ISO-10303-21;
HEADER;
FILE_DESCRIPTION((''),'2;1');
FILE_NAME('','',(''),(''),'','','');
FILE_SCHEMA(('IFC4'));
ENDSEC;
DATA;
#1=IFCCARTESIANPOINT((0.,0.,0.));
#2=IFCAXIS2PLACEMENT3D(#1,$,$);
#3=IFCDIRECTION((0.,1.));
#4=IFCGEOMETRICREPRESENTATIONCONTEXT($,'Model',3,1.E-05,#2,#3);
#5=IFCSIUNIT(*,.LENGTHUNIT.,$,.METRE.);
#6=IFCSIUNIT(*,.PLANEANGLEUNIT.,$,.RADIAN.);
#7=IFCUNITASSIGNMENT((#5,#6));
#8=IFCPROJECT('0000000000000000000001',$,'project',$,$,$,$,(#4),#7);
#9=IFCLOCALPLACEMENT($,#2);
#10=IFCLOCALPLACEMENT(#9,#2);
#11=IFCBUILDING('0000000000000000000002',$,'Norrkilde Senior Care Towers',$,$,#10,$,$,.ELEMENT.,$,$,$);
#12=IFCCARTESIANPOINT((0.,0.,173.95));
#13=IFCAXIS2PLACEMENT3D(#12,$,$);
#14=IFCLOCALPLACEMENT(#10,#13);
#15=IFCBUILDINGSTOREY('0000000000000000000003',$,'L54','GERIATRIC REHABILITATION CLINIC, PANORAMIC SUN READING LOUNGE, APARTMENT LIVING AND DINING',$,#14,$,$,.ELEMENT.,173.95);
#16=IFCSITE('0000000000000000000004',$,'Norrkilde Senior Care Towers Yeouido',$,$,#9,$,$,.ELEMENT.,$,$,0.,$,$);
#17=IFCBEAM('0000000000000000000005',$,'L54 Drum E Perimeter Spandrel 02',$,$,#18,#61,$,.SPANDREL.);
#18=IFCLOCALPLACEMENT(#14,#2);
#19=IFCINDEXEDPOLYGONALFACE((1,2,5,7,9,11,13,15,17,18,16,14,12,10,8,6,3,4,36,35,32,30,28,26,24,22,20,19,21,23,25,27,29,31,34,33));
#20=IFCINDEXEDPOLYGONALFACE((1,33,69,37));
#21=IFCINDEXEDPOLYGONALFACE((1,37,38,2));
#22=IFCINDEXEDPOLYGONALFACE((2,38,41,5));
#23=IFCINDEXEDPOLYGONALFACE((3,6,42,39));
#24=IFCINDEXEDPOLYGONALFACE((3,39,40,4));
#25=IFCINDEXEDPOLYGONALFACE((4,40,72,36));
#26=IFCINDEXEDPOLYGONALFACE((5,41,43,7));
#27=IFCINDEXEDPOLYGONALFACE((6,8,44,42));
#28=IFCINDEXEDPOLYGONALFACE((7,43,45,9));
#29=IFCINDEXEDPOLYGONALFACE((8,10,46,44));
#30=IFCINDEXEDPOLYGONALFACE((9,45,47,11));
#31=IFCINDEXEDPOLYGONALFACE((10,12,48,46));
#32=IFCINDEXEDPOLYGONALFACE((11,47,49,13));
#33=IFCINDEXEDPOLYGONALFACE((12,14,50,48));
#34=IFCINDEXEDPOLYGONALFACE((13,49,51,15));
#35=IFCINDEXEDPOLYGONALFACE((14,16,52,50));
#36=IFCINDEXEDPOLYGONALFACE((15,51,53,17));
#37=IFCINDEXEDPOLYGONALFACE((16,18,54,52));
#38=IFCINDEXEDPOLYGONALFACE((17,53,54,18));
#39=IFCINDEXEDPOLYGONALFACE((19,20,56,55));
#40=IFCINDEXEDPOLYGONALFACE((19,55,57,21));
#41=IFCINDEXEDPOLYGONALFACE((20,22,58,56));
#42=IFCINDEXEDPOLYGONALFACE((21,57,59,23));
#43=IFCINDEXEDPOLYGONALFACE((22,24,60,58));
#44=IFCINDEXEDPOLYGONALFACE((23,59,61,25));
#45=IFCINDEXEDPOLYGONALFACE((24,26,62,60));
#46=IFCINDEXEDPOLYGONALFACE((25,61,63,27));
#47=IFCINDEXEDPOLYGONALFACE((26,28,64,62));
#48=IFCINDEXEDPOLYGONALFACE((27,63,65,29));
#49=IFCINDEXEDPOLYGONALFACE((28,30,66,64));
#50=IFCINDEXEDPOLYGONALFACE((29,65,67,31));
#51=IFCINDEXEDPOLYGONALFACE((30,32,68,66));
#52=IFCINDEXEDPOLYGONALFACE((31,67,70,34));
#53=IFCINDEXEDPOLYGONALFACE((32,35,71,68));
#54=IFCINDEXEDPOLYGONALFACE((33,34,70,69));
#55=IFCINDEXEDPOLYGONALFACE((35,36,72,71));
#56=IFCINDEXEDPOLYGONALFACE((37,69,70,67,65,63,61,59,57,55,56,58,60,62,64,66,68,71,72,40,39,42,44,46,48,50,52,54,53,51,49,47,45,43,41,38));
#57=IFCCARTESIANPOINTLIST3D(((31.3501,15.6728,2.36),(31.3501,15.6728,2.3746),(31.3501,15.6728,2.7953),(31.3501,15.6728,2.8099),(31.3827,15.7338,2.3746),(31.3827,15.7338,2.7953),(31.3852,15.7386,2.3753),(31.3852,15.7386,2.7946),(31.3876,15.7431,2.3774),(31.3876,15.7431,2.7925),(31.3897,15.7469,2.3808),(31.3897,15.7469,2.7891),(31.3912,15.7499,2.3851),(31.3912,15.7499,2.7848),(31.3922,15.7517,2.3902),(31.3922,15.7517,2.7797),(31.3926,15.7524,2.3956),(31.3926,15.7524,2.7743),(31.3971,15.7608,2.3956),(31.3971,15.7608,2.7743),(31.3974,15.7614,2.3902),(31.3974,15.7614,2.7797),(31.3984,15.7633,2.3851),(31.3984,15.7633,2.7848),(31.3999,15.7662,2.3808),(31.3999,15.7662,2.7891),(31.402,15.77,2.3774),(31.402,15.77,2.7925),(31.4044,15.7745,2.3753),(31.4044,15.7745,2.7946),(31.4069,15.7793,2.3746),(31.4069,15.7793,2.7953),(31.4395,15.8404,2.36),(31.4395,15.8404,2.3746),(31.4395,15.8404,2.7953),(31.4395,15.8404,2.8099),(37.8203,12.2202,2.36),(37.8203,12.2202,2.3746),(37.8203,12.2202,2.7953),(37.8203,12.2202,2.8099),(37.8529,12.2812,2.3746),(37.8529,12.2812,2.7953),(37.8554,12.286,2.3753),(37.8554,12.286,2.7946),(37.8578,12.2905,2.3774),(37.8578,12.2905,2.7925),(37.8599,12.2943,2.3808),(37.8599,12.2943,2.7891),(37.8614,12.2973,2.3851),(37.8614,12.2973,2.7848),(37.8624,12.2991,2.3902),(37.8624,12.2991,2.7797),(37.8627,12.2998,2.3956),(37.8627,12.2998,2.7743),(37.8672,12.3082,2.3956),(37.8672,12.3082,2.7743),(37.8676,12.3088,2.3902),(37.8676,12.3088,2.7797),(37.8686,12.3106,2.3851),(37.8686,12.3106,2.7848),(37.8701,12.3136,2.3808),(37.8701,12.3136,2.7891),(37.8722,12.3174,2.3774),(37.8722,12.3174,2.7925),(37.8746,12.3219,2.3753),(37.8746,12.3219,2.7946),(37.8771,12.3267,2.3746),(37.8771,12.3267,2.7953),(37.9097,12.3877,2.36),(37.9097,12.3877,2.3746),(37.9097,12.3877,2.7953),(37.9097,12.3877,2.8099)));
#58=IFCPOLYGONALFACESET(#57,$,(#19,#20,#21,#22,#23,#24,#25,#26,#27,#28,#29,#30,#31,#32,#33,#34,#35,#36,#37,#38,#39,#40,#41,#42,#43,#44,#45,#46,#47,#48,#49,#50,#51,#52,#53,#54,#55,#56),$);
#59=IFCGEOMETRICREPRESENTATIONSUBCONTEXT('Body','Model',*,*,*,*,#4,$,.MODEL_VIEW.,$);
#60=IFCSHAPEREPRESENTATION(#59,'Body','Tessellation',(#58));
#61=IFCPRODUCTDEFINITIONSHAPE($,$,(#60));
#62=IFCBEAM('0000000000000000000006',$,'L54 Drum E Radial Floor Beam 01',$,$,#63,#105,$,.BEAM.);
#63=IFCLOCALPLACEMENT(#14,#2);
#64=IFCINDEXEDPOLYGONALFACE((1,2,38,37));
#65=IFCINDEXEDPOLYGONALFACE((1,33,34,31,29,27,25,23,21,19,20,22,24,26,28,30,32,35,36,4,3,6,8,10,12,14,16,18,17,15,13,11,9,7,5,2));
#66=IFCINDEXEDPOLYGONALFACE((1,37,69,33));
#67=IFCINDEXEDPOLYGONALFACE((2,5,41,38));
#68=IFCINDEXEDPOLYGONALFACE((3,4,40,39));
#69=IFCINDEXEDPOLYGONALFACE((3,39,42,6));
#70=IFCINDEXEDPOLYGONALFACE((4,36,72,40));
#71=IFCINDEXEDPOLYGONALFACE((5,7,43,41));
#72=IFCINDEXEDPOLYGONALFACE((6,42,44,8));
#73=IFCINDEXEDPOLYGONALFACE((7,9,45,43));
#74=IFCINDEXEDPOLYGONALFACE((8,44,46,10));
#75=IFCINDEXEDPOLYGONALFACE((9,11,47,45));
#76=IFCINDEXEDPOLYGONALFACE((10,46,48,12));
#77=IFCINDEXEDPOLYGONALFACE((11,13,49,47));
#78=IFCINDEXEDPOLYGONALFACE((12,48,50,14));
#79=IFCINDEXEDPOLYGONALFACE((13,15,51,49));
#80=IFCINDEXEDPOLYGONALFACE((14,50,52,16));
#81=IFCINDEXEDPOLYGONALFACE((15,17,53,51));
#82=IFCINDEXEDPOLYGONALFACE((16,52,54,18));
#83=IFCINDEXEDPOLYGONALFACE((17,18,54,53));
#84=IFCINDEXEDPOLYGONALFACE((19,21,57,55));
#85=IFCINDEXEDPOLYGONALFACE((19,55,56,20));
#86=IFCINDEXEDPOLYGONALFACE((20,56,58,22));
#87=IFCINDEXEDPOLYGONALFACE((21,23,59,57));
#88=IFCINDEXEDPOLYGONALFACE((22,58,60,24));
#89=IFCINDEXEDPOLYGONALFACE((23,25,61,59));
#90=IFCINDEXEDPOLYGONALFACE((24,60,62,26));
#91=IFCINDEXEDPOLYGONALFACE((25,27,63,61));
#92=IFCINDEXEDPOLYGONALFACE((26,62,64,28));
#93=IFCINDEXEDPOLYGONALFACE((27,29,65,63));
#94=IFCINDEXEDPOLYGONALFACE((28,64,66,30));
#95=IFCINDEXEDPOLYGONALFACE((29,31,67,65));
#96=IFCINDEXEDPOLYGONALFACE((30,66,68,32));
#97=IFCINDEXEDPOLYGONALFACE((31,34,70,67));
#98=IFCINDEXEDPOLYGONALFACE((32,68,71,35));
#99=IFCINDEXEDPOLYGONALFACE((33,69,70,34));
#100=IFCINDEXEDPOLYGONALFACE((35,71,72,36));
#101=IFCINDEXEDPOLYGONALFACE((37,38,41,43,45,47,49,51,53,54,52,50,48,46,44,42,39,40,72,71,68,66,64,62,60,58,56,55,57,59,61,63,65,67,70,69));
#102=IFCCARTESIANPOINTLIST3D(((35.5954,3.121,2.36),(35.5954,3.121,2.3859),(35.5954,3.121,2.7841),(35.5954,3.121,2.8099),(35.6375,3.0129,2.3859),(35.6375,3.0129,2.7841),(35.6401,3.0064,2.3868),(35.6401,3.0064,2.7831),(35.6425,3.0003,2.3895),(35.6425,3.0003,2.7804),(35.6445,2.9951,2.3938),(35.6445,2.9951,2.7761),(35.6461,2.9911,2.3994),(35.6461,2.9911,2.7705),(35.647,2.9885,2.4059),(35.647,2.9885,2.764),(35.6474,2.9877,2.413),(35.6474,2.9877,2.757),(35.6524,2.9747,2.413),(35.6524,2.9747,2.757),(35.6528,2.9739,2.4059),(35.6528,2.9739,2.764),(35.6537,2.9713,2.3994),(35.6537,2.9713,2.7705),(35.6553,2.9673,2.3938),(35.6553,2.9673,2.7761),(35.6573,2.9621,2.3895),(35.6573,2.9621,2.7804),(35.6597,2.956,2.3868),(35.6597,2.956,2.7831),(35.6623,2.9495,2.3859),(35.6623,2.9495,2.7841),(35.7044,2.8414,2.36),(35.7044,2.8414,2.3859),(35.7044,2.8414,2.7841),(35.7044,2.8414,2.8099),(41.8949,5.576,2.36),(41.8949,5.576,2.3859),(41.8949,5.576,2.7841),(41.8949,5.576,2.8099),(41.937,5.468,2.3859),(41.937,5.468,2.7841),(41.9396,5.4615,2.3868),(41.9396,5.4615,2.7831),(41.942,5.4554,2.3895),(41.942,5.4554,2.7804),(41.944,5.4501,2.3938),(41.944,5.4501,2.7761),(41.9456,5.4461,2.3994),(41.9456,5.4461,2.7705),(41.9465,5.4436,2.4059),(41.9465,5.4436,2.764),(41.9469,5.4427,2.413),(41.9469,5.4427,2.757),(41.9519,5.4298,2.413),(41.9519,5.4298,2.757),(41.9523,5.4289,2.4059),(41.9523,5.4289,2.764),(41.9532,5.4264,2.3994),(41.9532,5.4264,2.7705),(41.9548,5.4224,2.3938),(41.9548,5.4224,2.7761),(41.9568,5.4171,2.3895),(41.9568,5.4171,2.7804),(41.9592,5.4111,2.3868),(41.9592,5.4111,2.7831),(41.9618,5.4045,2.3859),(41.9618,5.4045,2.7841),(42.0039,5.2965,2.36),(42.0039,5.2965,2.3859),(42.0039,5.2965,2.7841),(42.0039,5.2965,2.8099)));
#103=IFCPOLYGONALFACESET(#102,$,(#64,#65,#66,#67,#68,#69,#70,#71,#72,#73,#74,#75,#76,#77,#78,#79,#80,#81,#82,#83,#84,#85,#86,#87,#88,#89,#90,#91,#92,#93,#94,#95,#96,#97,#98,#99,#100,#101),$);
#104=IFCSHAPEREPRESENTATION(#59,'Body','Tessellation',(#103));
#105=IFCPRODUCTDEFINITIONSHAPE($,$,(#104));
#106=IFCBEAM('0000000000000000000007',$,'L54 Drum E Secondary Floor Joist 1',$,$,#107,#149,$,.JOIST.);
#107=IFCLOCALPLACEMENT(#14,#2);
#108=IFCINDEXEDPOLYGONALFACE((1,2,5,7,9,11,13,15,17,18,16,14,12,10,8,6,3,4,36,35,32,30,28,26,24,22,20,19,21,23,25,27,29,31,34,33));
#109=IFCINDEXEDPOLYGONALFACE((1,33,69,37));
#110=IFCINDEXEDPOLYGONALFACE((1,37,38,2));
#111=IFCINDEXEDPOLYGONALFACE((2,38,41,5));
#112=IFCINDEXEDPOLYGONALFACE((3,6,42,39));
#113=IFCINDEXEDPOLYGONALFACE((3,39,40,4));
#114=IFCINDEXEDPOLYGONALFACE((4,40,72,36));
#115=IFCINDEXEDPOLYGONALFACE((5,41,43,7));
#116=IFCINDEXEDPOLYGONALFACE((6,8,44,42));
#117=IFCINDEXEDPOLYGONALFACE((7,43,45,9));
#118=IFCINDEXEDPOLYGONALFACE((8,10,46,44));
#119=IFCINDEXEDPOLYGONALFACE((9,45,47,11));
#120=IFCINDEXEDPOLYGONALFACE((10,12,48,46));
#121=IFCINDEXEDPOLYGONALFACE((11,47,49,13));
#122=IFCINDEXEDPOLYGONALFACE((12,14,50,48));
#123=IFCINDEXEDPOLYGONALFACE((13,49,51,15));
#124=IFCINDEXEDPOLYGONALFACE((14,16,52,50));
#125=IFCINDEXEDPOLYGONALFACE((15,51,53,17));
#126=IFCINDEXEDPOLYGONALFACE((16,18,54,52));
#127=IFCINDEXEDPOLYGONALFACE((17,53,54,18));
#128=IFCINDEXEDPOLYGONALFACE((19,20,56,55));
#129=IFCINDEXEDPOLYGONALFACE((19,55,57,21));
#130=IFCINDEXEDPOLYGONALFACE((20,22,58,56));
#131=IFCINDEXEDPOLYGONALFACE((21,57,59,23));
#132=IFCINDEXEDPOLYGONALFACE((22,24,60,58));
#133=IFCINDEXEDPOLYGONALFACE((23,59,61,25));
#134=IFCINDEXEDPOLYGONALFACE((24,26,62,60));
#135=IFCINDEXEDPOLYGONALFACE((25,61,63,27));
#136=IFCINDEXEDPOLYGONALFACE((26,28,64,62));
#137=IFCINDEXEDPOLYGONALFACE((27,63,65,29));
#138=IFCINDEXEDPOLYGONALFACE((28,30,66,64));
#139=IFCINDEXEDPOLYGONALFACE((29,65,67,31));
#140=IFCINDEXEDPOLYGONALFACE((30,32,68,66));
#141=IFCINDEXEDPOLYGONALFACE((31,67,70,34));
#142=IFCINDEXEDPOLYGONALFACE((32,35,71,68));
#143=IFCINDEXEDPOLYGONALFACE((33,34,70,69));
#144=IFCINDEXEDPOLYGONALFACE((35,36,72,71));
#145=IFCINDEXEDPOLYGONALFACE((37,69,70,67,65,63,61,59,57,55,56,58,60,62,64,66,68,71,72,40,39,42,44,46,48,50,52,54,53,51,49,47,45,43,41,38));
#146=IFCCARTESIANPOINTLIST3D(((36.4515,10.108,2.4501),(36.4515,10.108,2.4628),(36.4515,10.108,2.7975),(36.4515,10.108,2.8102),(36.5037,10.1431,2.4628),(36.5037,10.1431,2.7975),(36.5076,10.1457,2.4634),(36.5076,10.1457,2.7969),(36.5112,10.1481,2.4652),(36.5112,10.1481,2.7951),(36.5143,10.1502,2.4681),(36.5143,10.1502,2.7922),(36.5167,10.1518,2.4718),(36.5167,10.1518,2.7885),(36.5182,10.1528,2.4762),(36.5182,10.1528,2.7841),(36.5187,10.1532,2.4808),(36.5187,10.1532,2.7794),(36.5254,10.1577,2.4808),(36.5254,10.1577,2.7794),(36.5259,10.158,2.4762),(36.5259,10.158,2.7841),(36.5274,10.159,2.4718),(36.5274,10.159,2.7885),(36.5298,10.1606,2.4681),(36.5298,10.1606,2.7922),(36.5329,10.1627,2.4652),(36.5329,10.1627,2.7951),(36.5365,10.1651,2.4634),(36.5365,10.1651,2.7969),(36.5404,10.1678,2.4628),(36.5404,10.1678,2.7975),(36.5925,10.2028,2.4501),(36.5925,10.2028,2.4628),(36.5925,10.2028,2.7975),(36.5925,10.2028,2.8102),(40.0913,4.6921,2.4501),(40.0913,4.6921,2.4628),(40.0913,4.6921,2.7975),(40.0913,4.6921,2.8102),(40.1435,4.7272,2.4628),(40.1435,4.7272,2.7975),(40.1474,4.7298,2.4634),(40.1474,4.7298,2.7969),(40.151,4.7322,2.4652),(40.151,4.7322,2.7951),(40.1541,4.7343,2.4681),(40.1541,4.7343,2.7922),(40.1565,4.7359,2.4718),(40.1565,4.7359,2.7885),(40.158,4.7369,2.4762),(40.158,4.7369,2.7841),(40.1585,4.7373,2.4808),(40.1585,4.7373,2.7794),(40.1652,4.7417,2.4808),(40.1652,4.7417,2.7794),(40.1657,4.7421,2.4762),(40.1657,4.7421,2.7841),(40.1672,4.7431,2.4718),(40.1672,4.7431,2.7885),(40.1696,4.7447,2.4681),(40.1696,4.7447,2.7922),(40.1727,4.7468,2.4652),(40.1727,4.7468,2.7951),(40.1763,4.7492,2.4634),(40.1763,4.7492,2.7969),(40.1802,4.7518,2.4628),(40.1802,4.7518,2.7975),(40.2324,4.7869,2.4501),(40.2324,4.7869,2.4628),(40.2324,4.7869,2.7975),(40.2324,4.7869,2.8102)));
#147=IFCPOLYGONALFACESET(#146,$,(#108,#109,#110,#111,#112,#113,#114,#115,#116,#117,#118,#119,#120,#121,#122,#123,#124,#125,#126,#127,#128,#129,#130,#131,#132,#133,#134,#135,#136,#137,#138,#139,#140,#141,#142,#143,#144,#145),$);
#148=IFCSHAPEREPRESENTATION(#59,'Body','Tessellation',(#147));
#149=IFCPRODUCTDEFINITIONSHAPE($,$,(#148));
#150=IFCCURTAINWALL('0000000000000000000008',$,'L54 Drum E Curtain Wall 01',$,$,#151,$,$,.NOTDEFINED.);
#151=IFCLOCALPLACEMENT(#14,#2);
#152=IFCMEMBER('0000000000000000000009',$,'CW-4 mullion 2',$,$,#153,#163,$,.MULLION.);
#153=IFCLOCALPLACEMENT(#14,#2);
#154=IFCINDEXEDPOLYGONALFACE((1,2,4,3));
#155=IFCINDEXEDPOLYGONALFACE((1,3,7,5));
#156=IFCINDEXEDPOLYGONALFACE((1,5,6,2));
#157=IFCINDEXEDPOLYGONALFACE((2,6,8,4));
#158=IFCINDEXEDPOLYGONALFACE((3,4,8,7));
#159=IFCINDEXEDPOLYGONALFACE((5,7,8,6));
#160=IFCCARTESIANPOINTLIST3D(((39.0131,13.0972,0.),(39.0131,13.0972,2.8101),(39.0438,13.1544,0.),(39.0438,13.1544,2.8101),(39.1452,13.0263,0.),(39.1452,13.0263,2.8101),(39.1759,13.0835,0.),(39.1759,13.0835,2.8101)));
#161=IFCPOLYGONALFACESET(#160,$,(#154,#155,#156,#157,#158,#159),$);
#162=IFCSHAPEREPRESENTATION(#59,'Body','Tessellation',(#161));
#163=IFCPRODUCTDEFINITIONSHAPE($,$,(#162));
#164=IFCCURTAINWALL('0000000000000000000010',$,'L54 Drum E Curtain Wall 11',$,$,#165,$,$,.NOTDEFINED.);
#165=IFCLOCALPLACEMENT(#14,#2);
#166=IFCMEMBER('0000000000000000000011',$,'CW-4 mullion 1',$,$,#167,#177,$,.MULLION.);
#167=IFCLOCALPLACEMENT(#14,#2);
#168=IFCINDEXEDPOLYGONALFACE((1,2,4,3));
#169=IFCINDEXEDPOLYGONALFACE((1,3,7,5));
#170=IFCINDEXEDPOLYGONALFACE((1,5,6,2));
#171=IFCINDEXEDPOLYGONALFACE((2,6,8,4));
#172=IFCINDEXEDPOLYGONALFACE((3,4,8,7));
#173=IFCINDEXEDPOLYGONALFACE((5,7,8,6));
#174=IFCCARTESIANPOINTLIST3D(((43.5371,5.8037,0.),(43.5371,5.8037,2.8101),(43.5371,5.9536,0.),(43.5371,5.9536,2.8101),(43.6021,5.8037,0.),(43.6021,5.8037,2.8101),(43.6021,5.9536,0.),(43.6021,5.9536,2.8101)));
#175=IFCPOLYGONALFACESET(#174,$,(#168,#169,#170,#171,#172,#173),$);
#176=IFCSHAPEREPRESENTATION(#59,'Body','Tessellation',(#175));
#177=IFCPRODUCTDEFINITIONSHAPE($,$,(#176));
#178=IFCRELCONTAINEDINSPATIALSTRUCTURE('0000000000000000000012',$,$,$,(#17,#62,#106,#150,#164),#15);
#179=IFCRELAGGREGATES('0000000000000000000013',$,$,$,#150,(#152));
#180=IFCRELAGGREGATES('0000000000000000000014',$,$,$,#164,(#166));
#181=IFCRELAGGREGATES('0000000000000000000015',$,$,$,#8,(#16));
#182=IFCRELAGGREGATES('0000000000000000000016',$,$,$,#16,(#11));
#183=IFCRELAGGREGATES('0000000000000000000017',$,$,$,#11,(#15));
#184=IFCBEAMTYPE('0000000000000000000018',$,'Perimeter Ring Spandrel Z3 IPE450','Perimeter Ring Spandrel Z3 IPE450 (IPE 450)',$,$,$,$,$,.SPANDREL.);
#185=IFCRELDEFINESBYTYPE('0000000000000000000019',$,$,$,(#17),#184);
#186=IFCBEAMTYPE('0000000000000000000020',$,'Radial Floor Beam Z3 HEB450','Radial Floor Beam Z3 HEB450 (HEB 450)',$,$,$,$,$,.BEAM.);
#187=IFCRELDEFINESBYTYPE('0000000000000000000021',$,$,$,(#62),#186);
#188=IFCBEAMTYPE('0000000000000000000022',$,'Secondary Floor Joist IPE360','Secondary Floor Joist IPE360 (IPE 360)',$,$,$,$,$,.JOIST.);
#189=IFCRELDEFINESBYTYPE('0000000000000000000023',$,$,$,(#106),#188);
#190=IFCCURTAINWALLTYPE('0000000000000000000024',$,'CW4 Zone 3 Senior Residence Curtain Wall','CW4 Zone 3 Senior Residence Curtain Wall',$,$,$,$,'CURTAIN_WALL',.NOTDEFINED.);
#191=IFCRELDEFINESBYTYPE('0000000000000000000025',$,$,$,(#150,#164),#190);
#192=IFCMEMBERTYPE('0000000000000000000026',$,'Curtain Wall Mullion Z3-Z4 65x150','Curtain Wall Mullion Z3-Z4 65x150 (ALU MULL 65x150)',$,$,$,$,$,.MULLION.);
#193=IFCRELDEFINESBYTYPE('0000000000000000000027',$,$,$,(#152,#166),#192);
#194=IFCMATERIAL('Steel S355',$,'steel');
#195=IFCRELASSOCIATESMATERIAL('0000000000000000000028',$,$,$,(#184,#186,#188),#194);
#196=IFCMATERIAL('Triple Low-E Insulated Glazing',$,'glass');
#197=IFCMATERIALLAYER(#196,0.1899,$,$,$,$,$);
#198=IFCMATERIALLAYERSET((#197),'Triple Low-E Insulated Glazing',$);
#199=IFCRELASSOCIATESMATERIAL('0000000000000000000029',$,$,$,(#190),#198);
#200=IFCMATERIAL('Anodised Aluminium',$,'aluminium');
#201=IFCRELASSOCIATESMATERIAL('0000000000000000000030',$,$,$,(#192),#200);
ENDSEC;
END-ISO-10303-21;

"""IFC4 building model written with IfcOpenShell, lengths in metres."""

from ifc_helpers import new_model, si_unit, direction, frame, origin, origin_2d, place, context, subcontext, project, spatial, rectangle, i_section, extrude, source, transform, mapped, material, layer, layer_set, material_profile, profile_set, type_object, type_shapes, element, aggregate, save


model = new_model("IFC4")

# Units and contexts
model_context = context("Model", 3, precision=1e-05, world=origin(), true_north=direction((0.0, 1.0)))
body_context = subcontext(model_context, "Body", "Model", "MODEL_VIEW")
ifc_project = project(units=[si_unit("LENGTHUNIT", "METRE"), si_unit("PLANEANGLEUNIT", "RADIAN")], contexts=[model_context])

# Site, building, storey
site_placement = place(None, origin())
site = spatial("IfcSite", under=ifc_project, at=site_placement, Name="Norrkilde Senior Care Towers Yeouido", CompositionType="ELEMENT", RefElevation=0.0)
building_placement = place(site_placement, origin())
building = spatial("IfcBuilding", under=site, at=building_placement, Name="Norrkilde Senior Care Towers", CompositionType="ELEMENT")
storey_placement = place(building_placement, frame((0.0, 0.0, 173.95)))
storey = spatial("IfcBuildingStorey", under=building, at=storey_placement, Name="L54", Description="GERIATRIC REHABILITATION CLINIC, PANORAMIC SUN READING LOUNGE, APARTMENT LIVING AND DINING", CompositionType="ELEMENT", Elevation=173.95)

# Beams
ifc_material_1 = material(Name="Steel S355", Category="steel")
ifc_material_profile_1 = material_profile(ifc_material_1, i_section(OverallWidth=0.1899, OverallDepth=0.45, WebThickness=0.0095, FlangeThickness=0.0146, FilletRadius=0.021, at=origin_2d()), Name="IPE 450")
ifc_profile_set_1 = profile_set([ifc_material_profile_1], Name="Steel S355")
beam_type_1 = type_object("IfcBeamType", Name="Perimeter Ring Spandrel Z3 IPE450", Description="Perimeter Ring Spandrel Z3 IPE450 (IPE 450)", PredefinedType="SPANDREL", material=ifc_profile_set_1)
shared_shape_1 = source(origin(), body_context, "Body", "SweptSolid", [
    extrude(i_section(OverallWidth=0.1899, OverallDepth=0.45, WebThickness=0.0095, FlangeThickness=0.0146, FilletRadius=0.021, at=origin_2d()), origin(), (0.0, 0.0, 1.0), 7.3337),
])
beam_1_placement = place(storey_placement, frame((37.865, 12.304, 2.585), z_axis=(-0.882248, 0.470785, 0.0), x_axis=(-0.470785, -0.882248, 0.0)))
element("IfcBeam", 1, at=beam_1_placement, inside=storey, type_object=beam_type_1, Name="L54 Drum E Perimeter Spandrel 02", PredefinedType="SPANDREL", context=body_context, shape_type="MappedRepresentation", body=[
    mapped(shared_shape_1, transform((0.0, 0.0, 0.0), x_axis=(1.0, 0.0, 0.0), y_axis=(0.0, 1.0, 0.0), z_axis=(0.0, 0.0, 1.0), scale=1.0)),
])
ifc_material_profile_2 = material_profile(ifc_material_1, i_section(OverallWidth=0.3, OverallDepth=0.45, WebThickness=0.0139, FlangeThickness=0.0259, FilletRadius=0.0271, at=origin_2d()), Name="HEB 450")
ifc_profile_set_2 = profile_set([ifc_material_profile_2], Name="Steel S355")
beam_type_2 = type_object("IfcBeamType", Name="Radial Floor Beam Z3 HEB450", Description="Radial Floor Beam Z3 HEB450 (HEB 450)", PredefinedType="BEAM", material=ifc_profile_set_2)
shared_shape_2 = source(origin(), body_context, "Body", "SweptSolid", [
    extrude(i_section(OverallWidth=0.3, OverallDepth=0.45, WebThickness=0.0139, FlangeThickness=0.0259, FilletRadius=0.0271, at=origin_2d()), origin(), (0.0, 0.0, 1.0), 6.761),
])
type_shapes(beam_type_2, [shared_shape_2])
beam_2_placement = place(storey_placement, frame((35.6499, 2.9812, 2.585), z_axis=(0.931742, 0.363121, 0.0), x_axis=(-0.363121, 0.931742, 0.0)))
element("IfcBeam", 2, at=beam_2_placement, inside=storey, type_object=beam_type_2, Name="L54 Drum E Radial Floor Beam 01", PredefinedType="BEAM", context=body_context, shape_type="MappedRepresentation", body=[
    mapped(shared_shape_2, transform((0.0, 0.0, 0.0), x_axis=(1.0, 0.0, 0.0), y_axis=(0.0, 1.0, 0.0), z_axis=(0.0, 0.0, 1.0), scale=1.0)),
])
ifc_material_profile_3 = material_profile(ifc_material_1, i_section(OverallWidth=0.1699, OverallDepth=0.3601, WebThickness=0.0081, FlangeThickness=0.0127, FilletRadius=0.0181, at=origin_2d()), Name="IPE 360")
ifc_profile_set_3 = profile_set([ifc_material_profile_3], Name="Steel S355")
beam_type_3 = type_object("IfcBeamType", Name="Secondary Floor Joist IPE360", Description="Secondary Floor Joist IPE360 (IPE 360)", PredefinedType="JOIST", material=ifc_profile_set_3)
shared_shape_3 = source(origin(), body_context, "Body", "SweptSolid", [
    extrude(i_section(OverallWidth=0.1699, OverallDepth=0.3601, WebThickness=0.0081, FlangeThickness=0.0127, FilletRadius=0.0181, at=origin_2d()), origin(), (0.0, 0.0, 1.0), 6.5254),
])
type_shapes(beam_type_3, [shared_shape_3])
beam_3_placement = place(storey_placement, frame((40.1619, 4.7395, 2.6301), z_axis=(-0.557796, 0.829978, 0.0), x_axis=(-0.829978, -0.557796, 0.0)))
element("IfcBeam", 3, at=beam_3_placement, inside=storey, type_object=beam_type_3, Name="L54 Drum E Secondary Floor Joist 1", PredefinedType="JOIST", context=body_context, shape_type="MappedRepresentation", body=[
    mapped(shared_shape_3, transform((0.0, 0.0, 0.0), x_axis=(1.0, 0.0, 0.0), y_axis=(0.0, 1.0, 0.0), z_axis=(0.0, 0.0, 1.0), scale=1.0)),
])

# Curtain wall, member
ifc_material_2 = material(Name="Triple Low-E Insulated Glazing", Category="glass")
ifc_layer_1 = layer(ifc_material_2, 0.1899)
ifc_layer_set_1 = layer_set([ifc_layer_1], Name="Triple Low-E Insulated Glazing")
curtain_wall_type = type_object("IfcCurtainWallType", Name="CW4 Zone 3 Senior Residence Curtain Wall", Description="CW4 Zone 3 Senior Residence Curtain Wall", ElementType="CURTAIN_WALL", PredefinedType="NOTDEFINED", material=ifc_layer_set_1)
curtain_wall_1_placement = place(storey_placement, origin())
curtain_wall_1 = element("IfcCurtainWall", 4, at=curtain_wall_1_placement, inside=storey, type_object=curtain_wall_type, Name="L54 Drum E Curtain Wall 01", PredefinedType="NOTDEFINED")
ifc_material_3 = material(Name="Anodised Aluminium", Category="aluminium")
ifc_material_profile_4 = material_profile(ifc_material_3, rectangle(XDim=0.0649, YDim=0.1499, at=origin_2d()), Name="ALU MULL 65x150")
ifc_profile_set_4 = profile_set([ifc_material_profile_4], Name="Anodised Aluminium")
member_type_1 = type_object("IfcMemberType", Name="Curtain Wall Mullion Z3-Z4 65x150", Description="Curtain Wall Mullion Z3-Z4 65x150 (ALU MULL 65x150)", PredefinedType="MULLION", material=ifc_profile_set_4)
shared_shape_4 = source(origin(), body_context, "Body", "SweptSolid", [
    extrude(rectangle(XDim=0.0649, YDim=0.1499, at=origin_2d()), origin(), (0.0, 0.0, 1.0), 2.8101),
])
type_shapes(member_type_1, [shared_shape_4])
member_1_placement = place(storey_placement, frame((39.0945, 13.0903, 0.0), z_axis=(0.0, 0.0, 1.0), x_axis=(0.473117, 0.881, 0.0)))
member_1 = element("IfcMember", 5, at=member_1_placement, type_object=member_type_1, Name="CW-4 mullion 2", PredefinedType="MULLION", context=body_context, shape_type="MappedRepresentation", body=[
    mapped(shared_shape_4, transform((0.0, 0.0, 0.0), x_axis=(1.0, 0.0, 0.0), y_axis=(0.0, 1.0, 0.0), z_axis=(0.0, 0.0, 1.0), scale=1.0)),
])

# Curtain wall, member
curtain_wall_2_placement = place(storey_placement, origin())
curtain_wall_2 = element("IfcCurtainWall", 6, at=curtain_wall_2_placement, inside=storey, type_object=curtain_wall_type, Name="L54 Drum E Curtain Wall 11", PredefinedType="NOTDEFINED")
member_2_placement = place(storey_placement, frame((43.5696, 5.8787, 0.0), z_axis=(0.0, 0.0, 1.0), x_axis=(1.0, 0.0, 0.0)))
member_2 = element("IfcMember", 7, at=member_2_placement, type_object=member_type_1, Name="CW-4 mullion 1", PredefinedType="MULLION", context=body_context, shape_type="MappedRepresentation", body=[
    mapped(shared_shape_4, transform((0.0, 0.0, 0.0), x_axis=(1.0, 0.0, 0.0), y_axis=(0.0, 1.0, 0.0), z_axis=(0.0, 0.0, 1.0), scale=1.0)),
])

aggregate(curtain_wall_1, [member_1])
aggregate(curtain_wall_2, [member_2])

save(model, "model.ifc")
